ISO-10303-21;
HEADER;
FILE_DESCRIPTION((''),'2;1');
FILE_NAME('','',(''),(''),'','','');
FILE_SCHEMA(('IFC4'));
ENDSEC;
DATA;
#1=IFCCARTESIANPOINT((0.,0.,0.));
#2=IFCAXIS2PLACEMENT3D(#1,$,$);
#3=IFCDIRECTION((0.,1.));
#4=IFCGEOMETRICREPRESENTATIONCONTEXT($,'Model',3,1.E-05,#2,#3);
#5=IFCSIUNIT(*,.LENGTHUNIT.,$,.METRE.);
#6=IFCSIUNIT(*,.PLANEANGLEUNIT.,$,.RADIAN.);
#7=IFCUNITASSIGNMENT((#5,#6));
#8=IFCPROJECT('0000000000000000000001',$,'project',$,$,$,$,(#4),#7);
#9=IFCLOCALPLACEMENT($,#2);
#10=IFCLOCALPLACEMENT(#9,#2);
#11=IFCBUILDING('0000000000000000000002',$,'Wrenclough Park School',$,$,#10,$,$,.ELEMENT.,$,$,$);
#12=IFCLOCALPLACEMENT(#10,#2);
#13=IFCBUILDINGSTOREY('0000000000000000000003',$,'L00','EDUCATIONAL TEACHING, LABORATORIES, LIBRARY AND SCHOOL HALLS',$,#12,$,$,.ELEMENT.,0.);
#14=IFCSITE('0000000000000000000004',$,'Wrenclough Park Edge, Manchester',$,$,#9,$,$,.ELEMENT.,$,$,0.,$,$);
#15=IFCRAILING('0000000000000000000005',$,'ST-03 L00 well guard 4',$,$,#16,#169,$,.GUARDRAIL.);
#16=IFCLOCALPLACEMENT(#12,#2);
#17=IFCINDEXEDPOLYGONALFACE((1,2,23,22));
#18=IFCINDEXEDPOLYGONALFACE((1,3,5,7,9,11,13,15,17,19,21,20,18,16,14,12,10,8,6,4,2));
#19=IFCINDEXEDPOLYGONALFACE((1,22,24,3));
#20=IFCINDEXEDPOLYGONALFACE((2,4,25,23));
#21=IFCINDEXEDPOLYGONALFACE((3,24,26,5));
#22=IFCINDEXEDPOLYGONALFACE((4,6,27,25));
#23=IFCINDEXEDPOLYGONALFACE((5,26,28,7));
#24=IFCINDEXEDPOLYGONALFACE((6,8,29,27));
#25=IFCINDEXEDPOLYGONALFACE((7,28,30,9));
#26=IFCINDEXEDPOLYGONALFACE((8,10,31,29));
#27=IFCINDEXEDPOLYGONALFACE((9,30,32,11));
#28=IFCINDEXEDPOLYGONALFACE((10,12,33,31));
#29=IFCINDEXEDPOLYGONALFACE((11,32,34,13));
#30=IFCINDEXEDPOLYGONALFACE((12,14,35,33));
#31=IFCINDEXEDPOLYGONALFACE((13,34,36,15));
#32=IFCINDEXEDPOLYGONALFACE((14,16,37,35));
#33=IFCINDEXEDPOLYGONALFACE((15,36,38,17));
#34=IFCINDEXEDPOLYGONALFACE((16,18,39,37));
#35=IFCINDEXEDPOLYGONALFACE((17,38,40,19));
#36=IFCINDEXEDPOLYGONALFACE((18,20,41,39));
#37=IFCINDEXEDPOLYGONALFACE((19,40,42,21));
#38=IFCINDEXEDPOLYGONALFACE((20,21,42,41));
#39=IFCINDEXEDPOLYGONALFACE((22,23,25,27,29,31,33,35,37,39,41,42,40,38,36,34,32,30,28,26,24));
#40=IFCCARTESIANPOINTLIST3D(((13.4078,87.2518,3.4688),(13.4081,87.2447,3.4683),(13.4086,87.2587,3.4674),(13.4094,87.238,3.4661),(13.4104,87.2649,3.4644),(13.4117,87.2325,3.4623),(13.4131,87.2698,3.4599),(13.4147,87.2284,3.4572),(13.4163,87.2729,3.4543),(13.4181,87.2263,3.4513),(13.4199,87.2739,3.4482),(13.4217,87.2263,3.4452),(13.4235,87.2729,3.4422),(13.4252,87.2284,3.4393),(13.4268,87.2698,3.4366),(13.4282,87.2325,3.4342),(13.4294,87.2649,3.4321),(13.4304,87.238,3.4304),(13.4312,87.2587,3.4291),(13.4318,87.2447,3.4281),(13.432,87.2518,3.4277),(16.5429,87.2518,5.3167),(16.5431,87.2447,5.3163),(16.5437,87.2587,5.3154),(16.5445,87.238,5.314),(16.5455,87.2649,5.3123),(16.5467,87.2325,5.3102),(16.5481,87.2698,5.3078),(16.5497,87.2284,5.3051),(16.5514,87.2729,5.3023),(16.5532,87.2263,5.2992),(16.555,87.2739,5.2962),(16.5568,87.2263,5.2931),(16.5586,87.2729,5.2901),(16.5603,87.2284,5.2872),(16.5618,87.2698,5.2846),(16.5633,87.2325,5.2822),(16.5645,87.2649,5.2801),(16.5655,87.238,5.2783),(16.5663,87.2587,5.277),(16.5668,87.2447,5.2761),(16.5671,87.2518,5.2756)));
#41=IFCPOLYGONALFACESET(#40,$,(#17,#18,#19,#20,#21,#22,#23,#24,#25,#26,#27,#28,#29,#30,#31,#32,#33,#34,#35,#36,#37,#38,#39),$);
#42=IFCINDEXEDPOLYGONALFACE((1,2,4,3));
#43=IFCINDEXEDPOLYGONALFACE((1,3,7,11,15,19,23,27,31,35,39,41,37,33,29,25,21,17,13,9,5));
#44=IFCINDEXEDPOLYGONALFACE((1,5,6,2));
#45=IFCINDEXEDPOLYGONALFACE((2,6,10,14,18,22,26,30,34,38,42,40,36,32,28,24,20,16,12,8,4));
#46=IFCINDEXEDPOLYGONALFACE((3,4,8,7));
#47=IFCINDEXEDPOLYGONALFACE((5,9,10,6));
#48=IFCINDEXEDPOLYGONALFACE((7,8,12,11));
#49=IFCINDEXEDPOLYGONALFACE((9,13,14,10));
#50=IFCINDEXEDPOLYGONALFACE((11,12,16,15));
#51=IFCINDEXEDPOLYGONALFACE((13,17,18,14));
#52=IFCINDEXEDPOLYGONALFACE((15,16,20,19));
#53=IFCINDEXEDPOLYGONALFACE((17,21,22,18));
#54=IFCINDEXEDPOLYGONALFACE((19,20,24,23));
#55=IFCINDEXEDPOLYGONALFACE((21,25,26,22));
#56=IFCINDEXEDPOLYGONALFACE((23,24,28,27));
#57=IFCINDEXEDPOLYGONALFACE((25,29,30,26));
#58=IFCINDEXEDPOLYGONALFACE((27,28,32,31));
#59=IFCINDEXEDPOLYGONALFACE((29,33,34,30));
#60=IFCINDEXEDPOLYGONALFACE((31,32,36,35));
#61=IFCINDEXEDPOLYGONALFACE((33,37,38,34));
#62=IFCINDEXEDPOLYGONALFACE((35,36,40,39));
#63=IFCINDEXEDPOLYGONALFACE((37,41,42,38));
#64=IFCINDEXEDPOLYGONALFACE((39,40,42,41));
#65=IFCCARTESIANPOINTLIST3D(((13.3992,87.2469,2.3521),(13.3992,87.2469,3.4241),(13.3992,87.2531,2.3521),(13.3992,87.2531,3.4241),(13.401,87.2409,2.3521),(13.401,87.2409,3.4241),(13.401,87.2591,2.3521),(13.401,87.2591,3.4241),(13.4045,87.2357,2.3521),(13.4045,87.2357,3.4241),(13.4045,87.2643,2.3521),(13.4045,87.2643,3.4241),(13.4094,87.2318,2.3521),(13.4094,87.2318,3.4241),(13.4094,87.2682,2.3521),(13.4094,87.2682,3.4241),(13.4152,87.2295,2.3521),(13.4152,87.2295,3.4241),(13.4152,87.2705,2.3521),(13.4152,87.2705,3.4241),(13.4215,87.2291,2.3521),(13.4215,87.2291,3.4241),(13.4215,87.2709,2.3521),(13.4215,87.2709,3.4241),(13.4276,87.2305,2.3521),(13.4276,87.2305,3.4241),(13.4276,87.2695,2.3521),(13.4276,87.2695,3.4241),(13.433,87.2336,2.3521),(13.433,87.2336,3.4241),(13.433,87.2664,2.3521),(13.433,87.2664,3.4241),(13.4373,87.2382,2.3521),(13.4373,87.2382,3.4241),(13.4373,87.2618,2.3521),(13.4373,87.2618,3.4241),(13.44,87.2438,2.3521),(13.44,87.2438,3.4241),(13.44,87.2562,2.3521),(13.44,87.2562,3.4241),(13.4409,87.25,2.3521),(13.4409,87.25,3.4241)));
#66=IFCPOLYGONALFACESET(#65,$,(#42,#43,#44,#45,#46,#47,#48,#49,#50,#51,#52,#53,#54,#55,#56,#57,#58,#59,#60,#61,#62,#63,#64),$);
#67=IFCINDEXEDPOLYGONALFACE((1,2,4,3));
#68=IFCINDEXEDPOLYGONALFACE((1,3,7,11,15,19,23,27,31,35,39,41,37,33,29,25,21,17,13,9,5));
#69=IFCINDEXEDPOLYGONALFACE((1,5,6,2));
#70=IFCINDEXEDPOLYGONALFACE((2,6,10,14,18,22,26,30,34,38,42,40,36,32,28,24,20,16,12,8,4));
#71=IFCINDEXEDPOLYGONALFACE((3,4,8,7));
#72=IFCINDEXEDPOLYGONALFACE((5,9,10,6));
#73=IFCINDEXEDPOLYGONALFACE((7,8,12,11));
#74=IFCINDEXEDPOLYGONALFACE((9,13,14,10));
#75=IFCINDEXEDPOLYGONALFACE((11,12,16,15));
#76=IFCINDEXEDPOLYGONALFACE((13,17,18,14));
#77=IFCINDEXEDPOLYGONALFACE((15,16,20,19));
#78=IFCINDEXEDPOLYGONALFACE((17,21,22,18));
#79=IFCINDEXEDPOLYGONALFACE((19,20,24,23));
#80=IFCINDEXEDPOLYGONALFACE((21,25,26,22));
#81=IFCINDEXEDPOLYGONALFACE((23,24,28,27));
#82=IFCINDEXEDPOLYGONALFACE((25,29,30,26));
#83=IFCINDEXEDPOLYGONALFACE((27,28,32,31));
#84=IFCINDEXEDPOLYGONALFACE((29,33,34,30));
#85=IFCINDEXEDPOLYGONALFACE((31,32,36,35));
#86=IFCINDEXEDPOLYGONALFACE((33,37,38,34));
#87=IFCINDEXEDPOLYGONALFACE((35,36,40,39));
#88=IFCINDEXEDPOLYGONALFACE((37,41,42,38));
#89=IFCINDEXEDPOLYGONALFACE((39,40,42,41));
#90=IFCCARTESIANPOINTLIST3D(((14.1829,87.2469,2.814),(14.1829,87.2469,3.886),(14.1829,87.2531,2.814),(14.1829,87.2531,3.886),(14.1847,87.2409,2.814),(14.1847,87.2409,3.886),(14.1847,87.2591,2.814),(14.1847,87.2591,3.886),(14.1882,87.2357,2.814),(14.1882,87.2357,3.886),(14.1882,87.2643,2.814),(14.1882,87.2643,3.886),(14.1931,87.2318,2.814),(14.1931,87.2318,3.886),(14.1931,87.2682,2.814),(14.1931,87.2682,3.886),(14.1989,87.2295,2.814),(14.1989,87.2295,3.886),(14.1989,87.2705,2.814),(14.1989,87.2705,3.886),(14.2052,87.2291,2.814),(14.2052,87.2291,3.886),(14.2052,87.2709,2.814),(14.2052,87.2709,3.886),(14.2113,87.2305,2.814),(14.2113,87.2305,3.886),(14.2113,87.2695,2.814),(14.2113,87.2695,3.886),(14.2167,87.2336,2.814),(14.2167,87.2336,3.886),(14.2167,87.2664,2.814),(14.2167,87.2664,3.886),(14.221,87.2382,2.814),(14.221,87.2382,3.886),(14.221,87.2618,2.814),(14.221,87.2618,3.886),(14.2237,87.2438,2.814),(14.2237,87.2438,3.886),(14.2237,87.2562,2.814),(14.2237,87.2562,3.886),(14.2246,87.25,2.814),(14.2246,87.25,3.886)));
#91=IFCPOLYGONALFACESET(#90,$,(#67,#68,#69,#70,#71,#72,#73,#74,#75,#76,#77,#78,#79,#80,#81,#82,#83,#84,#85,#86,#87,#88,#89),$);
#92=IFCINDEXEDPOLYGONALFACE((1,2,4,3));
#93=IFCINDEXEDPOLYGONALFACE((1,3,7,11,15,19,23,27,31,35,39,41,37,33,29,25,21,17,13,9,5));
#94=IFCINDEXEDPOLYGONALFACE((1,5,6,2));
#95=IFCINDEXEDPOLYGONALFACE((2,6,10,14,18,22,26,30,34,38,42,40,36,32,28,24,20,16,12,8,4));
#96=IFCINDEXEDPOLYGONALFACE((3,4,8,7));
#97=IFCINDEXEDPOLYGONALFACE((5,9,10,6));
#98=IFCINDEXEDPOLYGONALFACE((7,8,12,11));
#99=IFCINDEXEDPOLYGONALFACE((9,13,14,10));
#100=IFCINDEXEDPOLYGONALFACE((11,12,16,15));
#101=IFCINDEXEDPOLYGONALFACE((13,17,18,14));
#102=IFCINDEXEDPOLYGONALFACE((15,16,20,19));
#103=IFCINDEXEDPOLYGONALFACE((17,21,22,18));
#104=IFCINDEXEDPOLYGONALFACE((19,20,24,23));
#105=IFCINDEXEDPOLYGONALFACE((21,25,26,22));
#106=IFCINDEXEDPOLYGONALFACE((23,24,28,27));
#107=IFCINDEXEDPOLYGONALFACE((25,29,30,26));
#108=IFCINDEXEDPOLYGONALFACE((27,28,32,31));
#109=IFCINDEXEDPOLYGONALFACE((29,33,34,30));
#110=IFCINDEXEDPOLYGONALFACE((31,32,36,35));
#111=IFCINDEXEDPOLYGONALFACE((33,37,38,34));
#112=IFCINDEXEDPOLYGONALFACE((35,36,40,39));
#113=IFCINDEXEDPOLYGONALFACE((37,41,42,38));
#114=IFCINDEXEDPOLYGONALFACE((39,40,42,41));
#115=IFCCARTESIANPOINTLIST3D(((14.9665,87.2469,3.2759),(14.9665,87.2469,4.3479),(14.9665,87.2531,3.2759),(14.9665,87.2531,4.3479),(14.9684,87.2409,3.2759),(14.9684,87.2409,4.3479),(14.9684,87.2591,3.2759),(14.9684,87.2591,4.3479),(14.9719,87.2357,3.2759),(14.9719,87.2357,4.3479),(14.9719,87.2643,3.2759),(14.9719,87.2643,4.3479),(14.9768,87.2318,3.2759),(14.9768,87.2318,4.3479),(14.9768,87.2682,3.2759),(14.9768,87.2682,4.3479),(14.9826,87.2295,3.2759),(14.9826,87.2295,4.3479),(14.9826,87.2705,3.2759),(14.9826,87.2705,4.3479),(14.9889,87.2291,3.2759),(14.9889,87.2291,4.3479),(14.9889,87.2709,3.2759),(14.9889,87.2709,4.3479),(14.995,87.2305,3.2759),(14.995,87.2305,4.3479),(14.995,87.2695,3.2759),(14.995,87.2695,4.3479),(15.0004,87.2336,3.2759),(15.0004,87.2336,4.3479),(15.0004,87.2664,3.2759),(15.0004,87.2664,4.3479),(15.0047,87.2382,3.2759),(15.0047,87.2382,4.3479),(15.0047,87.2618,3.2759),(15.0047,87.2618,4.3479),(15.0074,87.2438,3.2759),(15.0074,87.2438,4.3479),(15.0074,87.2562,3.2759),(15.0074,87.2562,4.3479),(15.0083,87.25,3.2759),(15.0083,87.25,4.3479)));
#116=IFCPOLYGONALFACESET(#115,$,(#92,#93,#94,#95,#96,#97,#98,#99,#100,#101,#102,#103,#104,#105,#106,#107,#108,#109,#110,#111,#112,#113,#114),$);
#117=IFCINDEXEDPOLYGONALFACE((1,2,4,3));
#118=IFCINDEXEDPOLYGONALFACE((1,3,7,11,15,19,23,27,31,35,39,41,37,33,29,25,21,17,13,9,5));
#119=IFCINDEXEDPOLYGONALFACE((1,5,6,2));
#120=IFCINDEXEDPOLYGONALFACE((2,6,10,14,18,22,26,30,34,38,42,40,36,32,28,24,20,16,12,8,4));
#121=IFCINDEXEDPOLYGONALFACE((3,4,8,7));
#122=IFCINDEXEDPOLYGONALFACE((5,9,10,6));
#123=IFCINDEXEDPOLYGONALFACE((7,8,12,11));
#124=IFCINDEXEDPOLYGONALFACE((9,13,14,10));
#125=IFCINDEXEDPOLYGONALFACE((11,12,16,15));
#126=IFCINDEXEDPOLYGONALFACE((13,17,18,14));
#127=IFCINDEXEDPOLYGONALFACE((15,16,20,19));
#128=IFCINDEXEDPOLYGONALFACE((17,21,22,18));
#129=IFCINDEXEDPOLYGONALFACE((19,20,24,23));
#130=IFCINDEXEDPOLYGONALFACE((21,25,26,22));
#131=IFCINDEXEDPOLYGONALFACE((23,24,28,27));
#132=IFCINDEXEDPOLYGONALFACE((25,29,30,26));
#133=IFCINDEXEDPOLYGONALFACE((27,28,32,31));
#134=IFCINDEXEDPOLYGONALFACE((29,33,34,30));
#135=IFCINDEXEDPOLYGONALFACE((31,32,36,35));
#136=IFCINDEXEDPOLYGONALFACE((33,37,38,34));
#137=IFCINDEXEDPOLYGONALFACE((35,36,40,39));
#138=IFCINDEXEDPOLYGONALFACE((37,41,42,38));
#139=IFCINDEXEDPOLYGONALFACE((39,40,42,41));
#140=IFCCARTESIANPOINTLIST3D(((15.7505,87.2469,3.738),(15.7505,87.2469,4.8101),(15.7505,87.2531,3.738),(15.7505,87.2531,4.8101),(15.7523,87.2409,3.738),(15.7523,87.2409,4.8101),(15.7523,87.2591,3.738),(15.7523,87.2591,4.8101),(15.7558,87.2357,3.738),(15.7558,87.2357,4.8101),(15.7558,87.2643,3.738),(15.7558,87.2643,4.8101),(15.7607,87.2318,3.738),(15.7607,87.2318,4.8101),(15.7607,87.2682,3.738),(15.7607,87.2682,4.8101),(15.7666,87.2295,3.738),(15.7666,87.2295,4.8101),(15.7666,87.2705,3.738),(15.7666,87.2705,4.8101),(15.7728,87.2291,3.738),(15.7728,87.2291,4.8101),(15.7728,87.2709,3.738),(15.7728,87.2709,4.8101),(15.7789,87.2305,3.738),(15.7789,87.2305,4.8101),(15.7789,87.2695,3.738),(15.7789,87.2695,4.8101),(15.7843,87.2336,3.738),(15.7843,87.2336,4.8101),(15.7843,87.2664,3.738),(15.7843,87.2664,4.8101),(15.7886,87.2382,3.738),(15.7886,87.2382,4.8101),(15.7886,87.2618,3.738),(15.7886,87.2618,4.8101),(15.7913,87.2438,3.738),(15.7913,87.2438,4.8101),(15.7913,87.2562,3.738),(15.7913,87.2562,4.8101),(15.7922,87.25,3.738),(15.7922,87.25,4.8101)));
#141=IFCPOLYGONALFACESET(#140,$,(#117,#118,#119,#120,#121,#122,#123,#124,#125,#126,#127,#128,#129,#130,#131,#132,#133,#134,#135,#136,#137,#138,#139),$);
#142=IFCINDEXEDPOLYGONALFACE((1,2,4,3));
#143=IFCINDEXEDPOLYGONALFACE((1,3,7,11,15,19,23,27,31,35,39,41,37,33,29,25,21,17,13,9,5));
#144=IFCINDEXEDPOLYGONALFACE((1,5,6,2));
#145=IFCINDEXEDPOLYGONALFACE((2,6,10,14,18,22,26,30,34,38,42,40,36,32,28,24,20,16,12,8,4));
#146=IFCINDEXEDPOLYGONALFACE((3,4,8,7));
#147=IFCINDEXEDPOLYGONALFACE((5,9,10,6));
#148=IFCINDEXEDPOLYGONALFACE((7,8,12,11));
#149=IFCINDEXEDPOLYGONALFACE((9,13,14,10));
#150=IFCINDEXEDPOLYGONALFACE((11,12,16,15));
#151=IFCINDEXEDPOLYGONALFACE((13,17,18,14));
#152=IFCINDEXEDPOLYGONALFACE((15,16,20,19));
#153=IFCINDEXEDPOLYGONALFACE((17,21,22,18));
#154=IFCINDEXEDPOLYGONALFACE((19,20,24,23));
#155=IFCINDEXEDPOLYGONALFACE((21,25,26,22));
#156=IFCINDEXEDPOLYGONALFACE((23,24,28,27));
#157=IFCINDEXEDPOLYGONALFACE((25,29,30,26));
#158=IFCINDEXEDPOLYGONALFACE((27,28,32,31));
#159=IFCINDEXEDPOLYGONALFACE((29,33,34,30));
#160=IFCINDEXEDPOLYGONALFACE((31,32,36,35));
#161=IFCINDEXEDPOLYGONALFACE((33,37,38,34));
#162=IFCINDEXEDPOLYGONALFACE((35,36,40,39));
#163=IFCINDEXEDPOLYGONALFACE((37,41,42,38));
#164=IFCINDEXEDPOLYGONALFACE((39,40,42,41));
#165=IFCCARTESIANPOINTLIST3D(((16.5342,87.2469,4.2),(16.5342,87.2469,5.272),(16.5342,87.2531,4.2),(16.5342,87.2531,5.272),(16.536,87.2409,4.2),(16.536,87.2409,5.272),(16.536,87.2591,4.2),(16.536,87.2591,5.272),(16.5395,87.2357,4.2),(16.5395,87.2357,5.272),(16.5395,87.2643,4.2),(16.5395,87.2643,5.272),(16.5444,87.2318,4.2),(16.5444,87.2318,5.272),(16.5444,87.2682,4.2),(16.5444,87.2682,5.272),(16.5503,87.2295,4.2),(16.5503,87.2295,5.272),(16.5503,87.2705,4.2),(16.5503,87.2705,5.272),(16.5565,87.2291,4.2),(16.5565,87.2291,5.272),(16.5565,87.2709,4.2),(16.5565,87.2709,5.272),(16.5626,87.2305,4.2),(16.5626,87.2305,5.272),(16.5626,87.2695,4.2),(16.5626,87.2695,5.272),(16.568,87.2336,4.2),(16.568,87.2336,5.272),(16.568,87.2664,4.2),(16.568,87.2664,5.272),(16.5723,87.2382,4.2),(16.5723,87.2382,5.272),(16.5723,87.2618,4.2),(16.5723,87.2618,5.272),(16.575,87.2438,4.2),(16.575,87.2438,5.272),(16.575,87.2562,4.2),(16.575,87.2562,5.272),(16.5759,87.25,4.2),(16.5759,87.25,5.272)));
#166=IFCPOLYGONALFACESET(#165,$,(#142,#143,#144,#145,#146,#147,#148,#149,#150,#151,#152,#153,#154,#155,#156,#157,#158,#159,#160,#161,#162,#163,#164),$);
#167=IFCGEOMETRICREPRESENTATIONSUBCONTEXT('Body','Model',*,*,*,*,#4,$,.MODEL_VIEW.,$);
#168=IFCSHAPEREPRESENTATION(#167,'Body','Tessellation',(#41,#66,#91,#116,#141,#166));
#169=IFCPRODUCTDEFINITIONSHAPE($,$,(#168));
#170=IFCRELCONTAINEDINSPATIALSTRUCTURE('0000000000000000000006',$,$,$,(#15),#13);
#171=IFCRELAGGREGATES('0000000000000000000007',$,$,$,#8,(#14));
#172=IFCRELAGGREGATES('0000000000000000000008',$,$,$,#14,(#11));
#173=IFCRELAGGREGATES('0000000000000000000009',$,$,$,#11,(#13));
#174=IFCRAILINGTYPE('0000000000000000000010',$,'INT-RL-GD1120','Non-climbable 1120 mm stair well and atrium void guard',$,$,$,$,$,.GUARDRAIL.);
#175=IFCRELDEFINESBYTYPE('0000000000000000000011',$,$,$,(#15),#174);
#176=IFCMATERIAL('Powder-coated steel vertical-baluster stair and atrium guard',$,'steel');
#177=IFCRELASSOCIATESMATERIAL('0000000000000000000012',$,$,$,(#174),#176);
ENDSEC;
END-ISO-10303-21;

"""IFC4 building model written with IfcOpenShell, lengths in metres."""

from ifc_helpers import new_model, si_unit, direction, frame, origin, origin_2d, place, context, subcontext, project, spatial, circle, extrude, material, type_object, element, save


model = new_model("IFC4")

# Units and contexts
model_context = context("Model", 3, precision=1e-05, world=origin(), true_north=direction((0.0, 1.0)))
body_context = subcontext(model_context, "Body", "Model", "MODEL_VIEW")
ifc_project = project(units=[si_unit("LENGTHUNIT", "METRE"), si_unit("PLANEANGLEUNIT", "RADIAN")], contexts=[model_context])

# Site, building, storey
site_placement = place(None, origin())
site = spatial("IfcSite", under=ifc_project, at=site_placement, Name="Wrenclough Park Edge, Manchester", CompositionType="ELEMENT", RefElevation=0.0)
building_placement = place(site_placement, origin())
building = spatial("IfcBuilding", under=site, at=building_placement, Name="Wrenclough Park School", CompositionType="ELEMENT")
storey_placement = place(building_placement, origin())
storey = spatial("IfcBuildingStorey", under=building, at=storey_placement, Name="L00", Description="EDUCATIONAL TEACHING, LABORATORIES, LIBRARY AND SCHOOL HALLS", CompositionType="ELEMENT", Elevation=0.0)

# Railing
ifc_material_1 = material(Name="Powder-coated steel vertical-baluster stair and atrium guard", Category="steel")
railing_type_1 = type_object("IfcRailingType", Name="INT-RL-GD1120", Description="Non-climbable 1120 mm stair well and atrium void guard", PredefinedType="GUARDRAIL", material=ifc_material_1)
railing_1_placement = place(storey_placement, frame((13.4199, 87.25, 2.3521)))
element("IfcRailing", 1, at=railing_1_placement, inside=storey, type_object=railing_type_1, Name="ST-03 L00 well guard 4", PredefinedType="GUARDRAIL", context=body_context, shape_type="SweptSolid", body=[
    extrude(circle(Radius=0.0239, at=origin_2d()), frame((0.0, 0.0, 1.0962), z_axis=(0.86148, 0.0, 0.507791), x_axis=(0.0, 1.0, 0.0)), (0.0, 0.0, 1.0), 3.6392),
    extrude(circle(Radius=0.021, at=origin_2d()), origin(), (0.0, 0.0, 1.0), 1.072),
    extrude(circle(Radius=0.021, at=origin_2d()), frame((0.7837, 0.0, 0.4619)), (0.0, 0.0, 1.0), 1.072),
    extrude(circle(Radius=0.021, at=origin_2d()), frame((1.5674, 0.0, 0.9238)), (0.0, 0.0, 1.0), 1.072),
    extrude(circle(Radius=0.021, at=origin_2d()), frame((2.3513, 0.0, 1.386)), (0.0, 0.0, 1.0), 1.072),
    extrude(circle(Radius=0.021, at=origin_2d()), frame((3.135, 0.0, 1.8479)), (0.0, 0.0, 1.0), 1.072),
])

save(model, "model.ifc")
